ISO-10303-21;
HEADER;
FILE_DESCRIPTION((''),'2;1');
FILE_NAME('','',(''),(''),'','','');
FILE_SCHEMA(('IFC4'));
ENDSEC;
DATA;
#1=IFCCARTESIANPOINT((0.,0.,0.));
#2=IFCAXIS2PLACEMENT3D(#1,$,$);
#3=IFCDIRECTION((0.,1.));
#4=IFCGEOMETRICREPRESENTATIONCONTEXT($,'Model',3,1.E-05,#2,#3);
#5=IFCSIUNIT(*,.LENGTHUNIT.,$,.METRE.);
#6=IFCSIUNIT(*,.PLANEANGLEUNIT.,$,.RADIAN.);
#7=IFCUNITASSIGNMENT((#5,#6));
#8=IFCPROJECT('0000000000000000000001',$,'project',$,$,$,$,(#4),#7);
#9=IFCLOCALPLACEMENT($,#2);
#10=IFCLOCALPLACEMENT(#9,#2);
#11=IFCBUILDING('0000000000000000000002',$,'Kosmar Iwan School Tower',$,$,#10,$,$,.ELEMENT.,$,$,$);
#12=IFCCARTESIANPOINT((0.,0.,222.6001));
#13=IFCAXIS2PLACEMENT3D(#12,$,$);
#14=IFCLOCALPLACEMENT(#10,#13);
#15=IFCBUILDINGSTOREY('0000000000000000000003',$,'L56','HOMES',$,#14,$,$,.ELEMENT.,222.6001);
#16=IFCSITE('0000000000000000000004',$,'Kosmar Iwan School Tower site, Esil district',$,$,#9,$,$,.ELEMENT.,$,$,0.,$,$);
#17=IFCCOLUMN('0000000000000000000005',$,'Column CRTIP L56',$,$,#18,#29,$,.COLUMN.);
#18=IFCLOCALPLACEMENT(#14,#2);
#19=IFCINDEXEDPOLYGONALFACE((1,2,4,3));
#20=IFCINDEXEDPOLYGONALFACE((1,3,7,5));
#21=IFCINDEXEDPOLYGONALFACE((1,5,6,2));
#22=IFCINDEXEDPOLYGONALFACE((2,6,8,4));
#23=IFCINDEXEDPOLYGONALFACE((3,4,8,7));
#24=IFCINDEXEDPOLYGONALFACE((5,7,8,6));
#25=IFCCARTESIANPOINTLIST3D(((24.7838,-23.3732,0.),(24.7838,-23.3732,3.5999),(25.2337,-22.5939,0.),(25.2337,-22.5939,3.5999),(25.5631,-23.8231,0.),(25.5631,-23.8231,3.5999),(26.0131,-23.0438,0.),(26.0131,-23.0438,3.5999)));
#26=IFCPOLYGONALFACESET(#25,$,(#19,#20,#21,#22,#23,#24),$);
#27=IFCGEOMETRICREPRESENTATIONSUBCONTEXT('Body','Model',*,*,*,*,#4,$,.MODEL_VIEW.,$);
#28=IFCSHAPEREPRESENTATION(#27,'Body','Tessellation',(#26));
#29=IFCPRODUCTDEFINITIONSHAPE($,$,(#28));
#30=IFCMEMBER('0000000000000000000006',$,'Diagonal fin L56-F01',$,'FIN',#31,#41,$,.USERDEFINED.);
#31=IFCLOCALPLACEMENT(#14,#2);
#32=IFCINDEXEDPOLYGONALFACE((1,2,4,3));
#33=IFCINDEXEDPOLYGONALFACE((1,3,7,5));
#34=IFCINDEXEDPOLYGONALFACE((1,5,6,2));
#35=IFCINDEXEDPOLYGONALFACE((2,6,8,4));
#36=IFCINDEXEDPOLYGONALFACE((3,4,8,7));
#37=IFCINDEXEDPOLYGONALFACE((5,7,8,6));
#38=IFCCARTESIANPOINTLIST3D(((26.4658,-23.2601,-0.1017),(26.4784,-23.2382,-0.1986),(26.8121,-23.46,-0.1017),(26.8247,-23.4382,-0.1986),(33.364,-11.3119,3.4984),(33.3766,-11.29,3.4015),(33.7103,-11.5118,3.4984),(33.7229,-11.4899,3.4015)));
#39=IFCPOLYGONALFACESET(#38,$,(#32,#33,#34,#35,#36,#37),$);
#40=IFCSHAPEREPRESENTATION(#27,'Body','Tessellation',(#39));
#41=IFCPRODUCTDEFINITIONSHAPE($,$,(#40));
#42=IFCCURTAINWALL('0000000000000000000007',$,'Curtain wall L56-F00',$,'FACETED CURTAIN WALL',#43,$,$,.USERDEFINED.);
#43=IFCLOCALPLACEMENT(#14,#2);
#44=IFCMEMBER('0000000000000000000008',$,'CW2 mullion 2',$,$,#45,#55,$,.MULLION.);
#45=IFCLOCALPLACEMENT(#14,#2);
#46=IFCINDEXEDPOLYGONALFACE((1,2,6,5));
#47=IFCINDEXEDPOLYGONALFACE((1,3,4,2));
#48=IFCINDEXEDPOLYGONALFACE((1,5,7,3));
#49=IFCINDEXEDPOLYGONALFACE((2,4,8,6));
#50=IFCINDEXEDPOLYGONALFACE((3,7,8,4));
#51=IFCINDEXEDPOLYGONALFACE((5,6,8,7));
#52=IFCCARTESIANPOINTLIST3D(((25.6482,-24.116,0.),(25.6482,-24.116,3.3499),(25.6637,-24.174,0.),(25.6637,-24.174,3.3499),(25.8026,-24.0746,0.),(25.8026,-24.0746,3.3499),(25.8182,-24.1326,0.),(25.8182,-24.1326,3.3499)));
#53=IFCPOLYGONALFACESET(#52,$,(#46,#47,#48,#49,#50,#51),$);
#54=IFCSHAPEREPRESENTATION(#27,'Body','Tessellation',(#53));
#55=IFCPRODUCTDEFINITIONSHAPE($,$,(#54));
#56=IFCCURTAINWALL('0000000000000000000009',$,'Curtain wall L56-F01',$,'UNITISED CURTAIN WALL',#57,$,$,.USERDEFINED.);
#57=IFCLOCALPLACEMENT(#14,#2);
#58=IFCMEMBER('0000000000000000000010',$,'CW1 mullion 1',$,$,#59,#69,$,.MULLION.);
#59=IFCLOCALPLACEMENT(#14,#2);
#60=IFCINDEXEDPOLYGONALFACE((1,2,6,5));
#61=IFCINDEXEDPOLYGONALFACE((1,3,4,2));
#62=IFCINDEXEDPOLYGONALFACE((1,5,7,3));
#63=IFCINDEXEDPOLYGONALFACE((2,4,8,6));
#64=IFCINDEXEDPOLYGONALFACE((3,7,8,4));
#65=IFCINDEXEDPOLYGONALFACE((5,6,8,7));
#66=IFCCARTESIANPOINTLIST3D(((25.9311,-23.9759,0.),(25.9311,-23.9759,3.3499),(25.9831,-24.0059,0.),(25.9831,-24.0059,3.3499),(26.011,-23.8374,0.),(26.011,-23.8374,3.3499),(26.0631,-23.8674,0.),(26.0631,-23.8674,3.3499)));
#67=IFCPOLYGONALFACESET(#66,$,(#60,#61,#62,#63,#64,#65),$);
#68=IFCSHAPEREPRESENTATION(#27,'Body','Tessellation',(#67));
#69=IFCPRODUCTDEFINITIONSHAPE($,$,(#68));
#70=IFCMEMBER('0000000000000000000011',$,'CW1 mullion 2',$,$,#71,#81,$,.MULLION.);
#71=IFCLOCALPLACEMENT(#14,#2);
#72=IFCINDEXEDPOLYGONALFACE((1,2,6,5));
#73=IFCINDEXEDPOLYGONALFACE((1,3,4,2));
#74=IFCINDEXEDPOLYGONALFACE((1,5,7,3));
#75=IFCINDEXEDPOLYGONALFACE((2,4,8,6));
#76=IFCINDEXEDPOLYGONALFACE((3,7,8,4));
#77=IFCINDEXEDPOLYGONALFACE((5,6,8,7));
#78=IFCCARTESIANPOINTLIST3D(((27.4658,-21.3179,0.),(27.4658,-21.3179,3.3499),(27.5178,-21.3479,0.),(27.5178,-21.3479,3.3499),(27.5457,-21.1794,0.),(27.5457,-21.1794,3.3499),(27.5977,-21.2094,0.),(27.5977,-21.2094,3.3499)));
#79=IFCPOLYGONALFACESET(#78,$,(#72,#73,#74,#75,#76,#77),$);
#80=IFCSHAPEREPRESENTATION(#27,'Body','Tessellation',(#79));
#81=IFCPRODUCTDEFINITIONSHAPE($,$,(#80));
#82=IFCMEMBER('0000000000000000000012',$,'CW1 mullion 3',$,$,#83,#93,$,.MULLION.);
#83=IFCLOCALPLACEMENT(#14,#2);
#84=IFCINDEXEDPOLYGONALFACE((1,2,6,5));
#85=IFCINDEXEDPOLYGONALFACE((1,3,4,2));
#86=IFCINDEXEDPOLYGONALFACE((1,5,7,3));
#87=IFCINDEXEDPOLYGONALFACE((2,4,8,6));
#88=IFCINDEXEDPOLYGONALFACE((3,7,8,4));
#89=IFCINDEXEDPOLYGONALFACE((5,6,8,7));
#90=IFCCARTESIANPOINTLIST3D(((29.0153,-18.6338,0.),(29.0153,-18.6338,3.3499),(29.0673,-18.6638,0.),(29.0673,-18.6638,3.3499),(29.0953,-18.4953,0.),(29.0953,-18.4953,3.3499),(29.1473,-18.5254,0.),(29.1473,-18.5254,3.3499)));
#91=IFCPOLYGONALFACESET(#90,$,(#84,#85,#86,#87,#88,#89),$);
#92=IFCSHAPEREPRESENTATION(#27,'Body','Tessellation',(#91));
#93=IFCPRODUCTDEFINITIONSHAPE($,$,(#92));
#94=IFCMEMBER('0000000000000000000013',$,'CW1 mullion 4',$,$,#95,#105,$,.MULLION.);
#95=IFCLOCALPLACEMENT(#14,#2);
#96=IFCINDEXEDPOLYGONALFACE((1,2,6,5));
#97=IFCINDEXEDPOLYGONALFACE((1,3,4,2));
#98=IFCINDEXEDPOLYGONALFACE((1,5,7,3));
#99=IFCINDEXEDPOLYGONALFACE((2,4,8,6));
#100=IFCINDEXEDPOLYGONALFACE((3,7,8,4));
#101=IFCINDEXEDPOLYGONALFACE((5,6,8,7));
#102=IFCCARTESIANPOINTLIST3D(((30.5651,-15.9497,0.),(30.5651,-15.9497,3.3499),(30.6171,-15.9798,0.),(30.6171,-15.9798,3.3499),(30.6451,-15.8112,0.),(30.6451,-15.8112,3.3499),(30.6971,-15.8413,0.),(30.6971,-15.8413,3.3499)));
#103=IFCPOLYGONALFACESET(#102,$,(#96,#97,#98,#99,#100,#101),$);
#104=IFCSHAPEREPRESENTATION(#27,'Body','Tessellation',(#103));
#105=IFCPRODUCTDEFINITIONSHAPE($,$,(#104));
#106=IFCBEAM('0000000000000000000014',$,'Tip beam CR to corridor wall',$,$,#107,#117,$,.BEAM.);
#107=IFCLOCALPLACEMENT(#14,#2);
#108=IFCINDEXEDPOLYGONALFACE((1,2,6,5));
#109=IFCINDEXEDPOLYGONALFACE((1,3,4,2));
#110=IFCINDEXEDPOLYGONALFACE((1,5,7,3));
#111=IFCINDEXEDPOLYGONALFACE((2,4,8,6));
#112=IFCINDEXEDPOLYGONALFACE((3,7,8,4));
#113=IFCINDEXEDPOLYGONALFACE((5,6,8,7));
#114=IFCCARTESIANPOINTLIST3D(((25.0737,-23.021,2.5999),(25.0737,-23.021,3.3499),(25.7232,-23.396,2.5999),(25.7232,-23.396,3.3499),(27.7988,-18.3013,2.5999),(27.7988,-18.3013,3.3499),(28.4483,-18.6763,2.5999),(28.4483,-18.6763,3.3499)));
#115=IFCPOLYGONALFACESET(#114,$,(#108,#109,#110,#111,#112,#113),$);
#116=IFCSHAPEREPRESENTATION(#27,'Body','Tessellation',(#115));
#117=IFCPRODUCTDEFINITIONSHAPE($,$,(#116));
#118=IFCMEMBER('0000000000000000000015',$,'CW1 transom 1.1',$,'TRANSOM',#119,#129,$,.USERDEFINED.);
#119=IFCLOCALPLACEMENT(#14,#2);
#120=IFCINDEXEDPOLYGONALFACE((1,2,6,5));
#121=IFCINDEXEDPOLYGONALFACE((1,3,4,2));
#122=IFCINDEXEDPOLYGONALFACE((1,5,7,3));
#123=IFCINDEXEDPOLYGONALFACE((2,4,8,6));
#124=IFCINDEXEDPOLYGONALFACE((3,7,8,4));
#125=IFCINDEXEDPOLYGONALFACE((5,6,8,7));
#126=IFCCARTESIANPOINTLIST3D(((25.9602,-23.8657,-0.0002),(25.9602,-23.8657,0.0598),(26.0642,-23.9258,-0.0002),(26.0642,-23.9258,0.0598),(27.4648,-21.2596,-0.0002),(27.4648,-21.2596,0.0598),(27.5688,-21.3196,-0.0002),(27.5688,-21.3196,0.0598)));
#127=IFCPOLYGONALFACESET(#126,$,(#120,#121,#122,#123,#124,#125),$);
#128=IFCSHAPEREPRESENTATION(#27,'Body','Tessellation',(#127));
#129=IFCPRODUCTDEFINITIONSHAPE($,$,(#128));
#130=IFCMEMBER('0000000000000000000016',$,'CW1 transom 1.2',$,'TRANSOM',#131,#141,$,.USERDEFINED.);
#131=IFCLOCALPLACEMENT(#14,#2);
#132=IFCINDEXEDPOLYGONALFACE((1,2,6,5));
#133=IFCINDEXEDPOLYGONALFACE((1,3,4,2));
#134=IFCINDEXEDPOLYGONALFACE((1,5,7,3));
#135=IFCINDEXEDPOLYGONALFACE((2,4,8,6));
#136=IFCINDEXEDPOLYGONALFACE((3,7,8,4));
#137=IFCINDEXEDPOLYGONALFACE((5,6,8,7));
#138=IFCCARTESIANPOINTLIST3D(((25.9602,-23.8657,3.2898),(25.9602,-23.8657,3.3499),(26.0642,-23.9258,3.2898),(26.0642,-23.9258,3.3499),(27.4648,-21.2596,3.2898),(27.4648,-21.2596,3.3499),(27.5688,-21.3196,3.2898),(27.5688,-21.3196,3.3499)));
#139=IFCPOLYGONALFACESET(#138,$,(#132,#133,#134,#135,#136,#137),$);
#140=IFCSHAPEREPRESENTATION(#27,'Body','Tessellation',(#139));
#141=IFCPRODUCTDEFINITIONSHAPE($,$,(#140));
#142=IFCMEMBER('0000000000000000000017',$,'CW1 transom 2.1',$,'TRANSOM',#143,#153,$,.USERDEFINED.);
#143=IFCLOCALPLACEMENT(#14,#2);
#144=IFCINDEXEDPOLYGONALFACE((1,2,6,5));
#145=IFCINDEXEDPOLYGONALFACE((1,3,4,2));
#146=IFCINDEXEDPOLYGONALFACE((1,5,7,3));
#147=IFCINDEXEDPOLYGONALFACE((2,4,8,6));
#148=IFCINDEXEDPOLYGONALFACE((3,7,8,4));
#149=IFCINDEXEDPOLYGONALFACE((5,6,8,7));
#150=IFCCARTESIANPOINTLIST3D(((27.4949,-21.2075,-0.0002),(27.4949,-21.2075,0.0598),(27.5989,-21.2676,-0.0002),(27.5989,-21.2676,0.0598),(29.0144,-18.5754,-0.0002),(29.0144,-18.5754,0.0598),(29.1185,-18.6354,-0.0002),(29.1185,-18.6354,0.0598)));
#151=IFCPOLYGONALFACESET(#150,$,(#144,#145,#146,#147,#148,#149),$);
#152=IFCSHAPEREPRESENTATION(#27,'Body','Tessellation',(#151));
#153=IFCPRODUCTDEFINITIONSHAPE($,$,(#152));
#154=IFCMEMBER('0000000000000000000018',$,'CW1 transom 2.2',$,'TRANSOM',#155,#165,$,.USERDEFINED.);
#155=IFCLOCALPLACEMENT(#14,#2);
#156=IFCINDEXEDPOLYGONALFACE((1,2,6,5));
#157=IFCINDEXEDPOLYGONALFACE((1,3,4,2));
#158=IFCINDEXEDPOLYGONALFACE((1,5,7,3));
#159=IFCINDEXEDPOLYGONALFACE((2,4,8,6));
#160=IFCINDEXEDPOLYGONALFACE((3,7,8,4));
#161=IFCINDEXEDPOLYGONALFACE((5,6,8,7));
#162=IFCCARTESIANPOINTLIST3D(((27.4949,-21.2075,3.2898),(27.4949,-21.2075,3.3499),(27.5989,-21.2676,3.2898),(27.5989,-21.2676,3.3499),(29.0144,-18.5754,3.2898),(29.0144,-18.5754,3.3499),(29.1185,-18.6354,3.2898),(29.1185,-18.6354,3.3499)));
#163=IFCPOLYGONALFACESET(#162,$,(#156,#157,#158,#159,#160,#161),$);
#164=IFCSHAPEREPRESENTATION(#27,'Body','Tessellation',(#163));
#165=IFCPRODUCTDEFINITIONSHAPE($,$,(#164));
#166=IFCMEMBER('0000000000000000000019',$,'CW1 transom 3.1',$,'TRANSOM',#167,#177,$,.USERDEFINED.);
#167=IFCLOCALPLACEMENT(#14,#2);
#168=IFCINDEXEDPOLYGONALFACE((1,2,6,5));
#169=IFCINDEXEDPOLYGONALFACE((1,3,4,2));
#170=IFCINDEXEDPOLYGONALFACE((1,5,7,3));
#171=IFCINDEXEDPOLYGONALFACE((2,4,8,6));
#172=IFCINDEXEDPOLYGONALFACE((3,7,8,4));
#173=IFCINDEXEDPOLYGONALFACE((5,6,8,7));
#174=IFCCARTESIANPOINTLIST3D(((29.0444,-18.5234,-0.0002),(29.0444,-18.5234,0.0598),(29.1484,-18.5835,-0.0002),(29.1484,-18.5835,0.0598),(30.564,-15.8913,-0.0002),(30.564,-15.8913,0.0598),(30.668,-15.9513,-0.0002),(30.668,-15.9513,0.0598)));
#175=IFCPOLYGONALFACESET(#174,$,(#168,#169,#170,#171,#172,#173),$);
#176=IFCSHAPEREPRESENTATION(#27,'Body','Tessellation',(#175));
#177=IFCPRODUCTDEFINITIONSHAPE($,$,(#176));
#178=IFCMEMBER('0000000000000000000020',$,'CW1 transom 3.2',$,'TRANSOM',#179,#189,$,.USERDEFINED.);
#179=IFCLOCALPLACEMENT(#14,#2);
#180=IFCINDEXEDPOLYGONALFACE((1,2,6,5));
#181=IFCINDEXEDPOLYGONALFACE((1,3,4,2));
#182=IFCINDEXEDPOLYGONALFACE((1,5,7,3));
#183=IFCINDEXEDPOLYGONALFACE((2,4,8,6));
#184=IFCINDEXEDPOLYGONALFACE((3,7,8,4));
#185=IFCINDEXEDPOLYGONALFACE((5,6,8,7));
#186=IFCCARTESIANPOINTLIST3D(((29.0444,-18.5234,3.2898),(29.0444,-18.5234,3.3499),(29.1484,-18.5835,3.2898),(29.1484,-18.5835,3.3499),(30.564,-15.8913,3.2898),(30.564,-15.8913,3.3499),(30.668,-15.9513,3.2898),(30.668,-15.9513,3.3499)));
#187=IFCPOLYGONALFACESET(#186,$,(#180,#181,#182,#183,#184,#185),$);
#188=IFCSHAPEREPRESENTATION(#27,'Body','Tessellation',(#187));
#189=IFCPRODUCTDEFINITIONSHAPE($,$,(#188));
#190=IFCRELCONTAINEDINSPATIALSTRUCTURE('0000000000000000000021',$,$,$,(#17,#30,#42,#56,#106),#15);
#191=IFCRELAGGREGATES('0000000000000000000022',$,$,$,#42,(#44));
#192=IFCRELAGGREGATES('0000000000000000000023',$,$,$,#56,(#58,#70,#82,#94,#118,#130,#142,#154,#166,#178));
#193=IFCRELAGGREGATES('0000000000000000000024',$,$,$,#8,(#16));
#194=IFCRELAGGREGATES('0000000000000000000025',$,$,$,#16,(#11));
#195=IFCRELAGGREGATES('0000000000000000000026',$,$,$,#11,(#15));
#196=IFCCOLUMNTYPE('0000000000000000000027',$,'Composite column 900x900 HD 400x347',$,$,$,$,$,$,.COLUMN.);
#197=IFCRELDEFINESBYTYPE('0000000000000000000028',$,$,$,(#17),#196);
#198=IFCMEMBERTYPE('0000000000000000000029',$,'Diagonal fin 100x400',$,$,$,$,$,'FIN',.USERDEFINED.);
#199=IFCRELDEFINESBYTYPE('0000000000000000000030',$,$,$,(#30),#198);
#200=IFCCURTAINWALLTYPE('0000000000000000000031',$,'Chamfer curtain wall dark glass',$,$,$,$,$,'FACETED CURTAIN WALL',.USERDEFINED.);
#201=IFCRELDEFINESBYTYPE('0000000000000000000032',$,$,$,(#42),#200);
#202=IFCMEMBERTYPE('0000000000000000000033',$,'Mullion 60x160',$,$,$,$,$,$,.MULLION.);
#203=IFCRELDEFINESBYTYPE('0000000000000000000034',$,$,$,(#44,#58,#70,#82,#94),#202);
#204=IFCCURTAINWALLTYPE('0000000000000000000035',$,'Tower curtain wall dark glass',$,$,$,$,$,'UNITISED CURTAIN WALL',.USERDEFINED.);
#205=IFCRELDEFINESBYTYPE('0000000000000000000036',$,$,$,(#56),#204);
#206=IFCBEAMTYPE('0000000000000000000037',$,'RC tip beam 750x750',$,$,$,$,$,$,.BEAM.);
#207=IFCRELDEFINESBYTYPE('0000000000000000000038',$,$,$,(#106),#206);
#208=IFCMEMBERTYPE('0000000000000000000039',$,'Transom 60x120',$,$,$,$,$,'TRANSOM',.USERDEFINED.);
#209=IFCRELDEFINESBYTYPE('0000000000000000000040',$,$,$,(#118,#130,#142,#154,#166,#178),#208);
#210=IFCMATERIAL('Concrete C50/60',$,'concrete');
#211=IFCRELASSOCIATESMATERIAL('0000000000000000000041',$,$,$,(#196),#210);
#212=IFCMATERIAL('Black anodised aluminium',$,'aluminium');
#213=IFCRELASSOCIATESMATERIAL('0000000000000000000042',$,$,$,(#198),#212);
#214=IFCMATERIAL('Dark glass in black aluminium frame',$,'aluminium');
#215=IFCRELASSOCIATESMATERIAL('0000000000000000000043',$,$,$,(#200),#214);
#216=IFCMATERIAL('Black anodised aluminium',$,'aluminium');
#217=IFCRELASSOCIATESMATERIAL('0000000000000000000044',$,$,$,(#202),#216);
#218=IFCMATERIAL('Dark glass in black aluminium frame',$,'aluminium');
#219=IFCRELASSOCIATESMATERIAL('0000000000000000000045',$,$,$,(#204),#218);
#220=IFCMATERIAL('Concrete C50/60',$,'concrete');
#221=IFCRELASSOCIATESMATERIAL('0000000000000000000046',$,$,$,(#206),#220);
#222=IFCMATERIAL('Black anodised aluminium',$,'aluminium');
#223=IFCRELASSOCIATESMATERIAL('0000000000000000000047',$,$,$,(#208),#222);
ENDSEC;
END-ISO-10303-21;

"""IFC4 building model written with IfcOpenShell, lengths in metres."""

from ifc_helpers import new_model, si_unit, direction, frame, origin, origin_2d, place, context, subcontext, project, spatial, rectangle, extrude, material, material_profile, profile_set, type_object, element, aggregate, save


model = new_model("IFC4")

# Units and contexts
model_context = context("Model", 3, precision=1e-05, world=origin(), true_north=direction((0.0, 1.0)))
body_context = subcontext(model_context, "Body", "Model", "MODEL_VIEW")
ifc_project = project(units=[si_unit("LENGTHUNIT", "METRE"), si_unit("PLANEANGLEUNIT", "RADIAN")], contexts=[model_context])

# Site, building, storey
site_placement = place(None, origin())
site = spatial("IfcSite", under=ifc_project, at=site_placement, Name="Kosmar Iwan School Tower site, Esil district", CompositionType="ELEMENT", RefElevation=0.0)
building_placement = place(site_placement, origin())
building = spatial("IfcBuilding", under=site, at=building_placement, Name="Kosmar Iwan School Tower", CompositionType="ELEMENT")
storey_placement = place(building_placement, frame((0.0, 0.0, 222.6001)))
storey = spatial("IfcBuildingStorey", under=building, at=storey_placement, Name="L56", Description="HOMES", CompositionType="ELEMENT", Elevation=222.6001)

# Column
ifc_material_1 = material(Name="Concrete C50/60", Category="concrete")
ifc_material_profile_1 = material_profile(ifc_material_1, rectangle(XDim=0.8999, YDim=0.8999, at=origin_2d()), Name="RC 900x900 + HD 400x347")
ifc_profile_set_1 = profile_set([ifc_material_profile_1], Name="Concrete C50/60")
column_type = type_object("IfcColumnType", Name="Composite column 900x900 HD 400x347", PredefinedType="COLUMN", material=ifc_profile_set_1)
column_placement = place(storey_placement, frame((25.3984, -23.2085, 0.0), z_axis=(0.0, 0.0, 1.0), x_axis=(0.866025, -0.5, 0.0)))
element("IfcColumn", 1, at=column_placement, inside=storey, type_object=column_type, Name="Column CRTIP L56", PredefinedType="COLUMN", context=body_context, shape_type="SweptSolid", body=[
    extrude(rectangle(XDim=0.8999, YDim=0.8999, at=origin_2d()), origin(), (0.0, 0.0, 1.0), 3.5999),
])

# Member
ifc_material_2 = material(Name="Black anodised aluminium", Category="aluminium")
ifc_material_profile_2 = material_profile(ifc_material_2, rectangle(XDim=0.1001, YDim=0.3999, at=origin_2d()), Name="FIN 100x400")
ifc_profile_set_2 = profile_set([ifc_material_profile_2], Name="Black anodised aluminium")
member_type_1 = type_object("IfcMemberType", Name="Diagonal fin 100x400", ElementType="FIN", PredefinedType="USERDEFINED", material=ifc_profile_set_2)
member_1_placement = place(storey_placement, frame((26.6453, -23.3491, -0.1501), z_axis=(0.483793, 0.83797, 0.252487), x_axis=(-0.126242, -0.218661, 0.9676)))
element("IfcMember", 2, at=member_1_placement, inside=storey, type_object=member_type_1, Name="Diagonal fin L56-F01", ObjectType="FIN", PredefinedType="USERDEFINED", context=body_context, shape_type="SweptSolid", body=[
    extrude(rectangle(XDim=0.1001, YDim=0.3999, at=origin_2d()), origin(), (0.0, 0.0, 1.0), 14.2585),
])

# Curtain wall, member
ifc_material_3 = material(Name="Dark glass in black aluminium frame", Category="aluminium")
curtain_wall_type_1 = type_object("IfcCurtainWallType", Name="Chamfer curtain wall dark glass", ElementType="FACETED CURTAIN WALL", PredefinedType="USERDEFINED", material=ifc_material_3)
curtain_wall_1_placement = place(storey_placement, origin())
curtain_wall_1 = element("IfcCurtainWall", 3, at=curtain_wall_1_placement, inside=storey, type_object=curtain_wall_type_1, Name="Curtain wall L56-F00", ObjectType="FACETED CURTAIN WALL", PredefinedType="USERDEFINED")
ifc_material_4 = material(Name="Black anodised aluminium", Category="aluminium")
ifc_material_profile_3 = material_profile(ifc_material_4, rectangle(XDim=0.0601, YDim=0.1599, at=origin_2d()), Name="MULLION 60x160")
ifc_profile_set_3 = profile_set([ifc_material_profile_3], Name="Black anodised aluminium")
member_type_2 = type_object("IfcMemberType", Name="Mullion 60x160", PredefinedType="MULLION", material=ifc_profile_set_3)
member_2_placement = place(storey_placement, frame((25.7332, -24.1243, 0.0), z_axis=(0.0, 0.0, 1.0), x_axis=(-0.258819, 0.965926, 0.0)))
member_2 = element("IfcMember", 4, at=member_2_placement, type_object=member_type_2, Name="CW2 mullion 2", PredefinedType="MULLION", context=body_context, shape_type="SweptSolid", body=[
    extrude(rectangle(XDim=0.0601, YDim=0.1599, at=origin_2d()), origin(), (0.0, 0.0, 1.0), 3.3499),
])
aggregate(curtain_wall_1, [member_2])

# Curtain wall, members
ifc_material_5 = material(Name="Dark glass in black aluminium frame", Category="aluminium")
curtain_wall_type_2 = type_object("IfcCurtainWallType", Name="Tower curtain wall dark glass", ElementType="UNITISED CURTAIN WALL", PredefinedType="USERDEFINED", material=ifc_material_5)
curtain_wall_2_placement = place(storey_placement, origin())
curtain_wall_2 = element("IfcCurtainWall", 5, at=curtain_wall_2_placement, inside=storey, type_object=curtain_wall_type_2, Name="Curtain wall L56-F01", ObjectType="UNITISED CURTAIN WALL", PredefinedType="USERDEFINED")
member_3_placement = place(storey_placement, frame((25.9971, -23.9216, 0.0), z_axis=(0.0, 0.0, 1.0), x_axis=(-0.866025, 0.5, 0.0)))
member_3 = element("IfcMember", 6, at=member_3_placement, type_object=member_type_2, Name="CW1 mullion 1", PredefinedType="MULLION", context=body_context, shape_type="SweptSolid", body=[
    extrude(rectangle(XDim=0.0601, YDim=0.1599, at=origin_2d()), origin(), (0.0, 0.0, 1.0), 3.3499),
])
member_4_placement = place(storey_placement, frame((27.5317, -21.2637, 0.0), z_axis=(0.0, 0.0, 1.0), x_axis=(-0.866025, 0.5, 0.0)))
member_4 = element("IfcMember", 7, at=member_4_placement, type_object=member_type_2, Name="CW1 mullion 2", PredefinedType="MULLION", context=body_context, shape_type="SweptSolid", body=[
    extrude(rectangle(XDim=0.0601, YDim=0.1599, at=origin_2d()), origin(), (0.0, 0.0, 1.0), 3.3499),
])
member_5_placement = place(storey_placement, frame((29.0813, -18.5796, 0.0), z_axis=(0.0, 0.0, 1.0), x_axis=(-0.866025, 0.5, 0.0)))
member_5 = element("IfcMember", 8, at=member_5_placement, type_object=member_type_2, Name="CW1 mullion 3", PredefinedType="MULLION", context=body_context, shape_type="SweptSolid", body=[
    extrude(rectangle(XDim=0.0601, YDim=0.1599, at=origin_2d()), origin(), (0.0, 0.0, 1.0), 3.3499),
])
member_6_placement = place(storey_placement, frame((30.6311, -15.8955, 0.0), z_axis=(0.0, 0.0, 1.0), x_axis=(-0.866025, 0.5, 0.0)))
member_6 = element("IfcMember", 9, at=member_6_placement, type_object=member_type_2, Name="CW1 mullion 4", PredefinedType="MULLION", context=body_context, shape_type="SweptSolid", body=[
    extrude(rectangle(XDim=0.0601, YDim=0.1599, at=origin_2d()), origin(), (0.0, 0.0, 1.0), 3.3499),
])

# Beam
ifc_material_6 = material(Name="Concrete C50/60", Category="concrete")
ifc_material_profile_4 = material_profile(ifc_material_6, rectangle(XDim=0.75, YDim=0.75, at=origin_2d()), Name="RC 750x750")
ifc_profile_set_4 = profile_set([ifc_material_profile_4], Name="Concrete C50/60")
beam_type = type_object("IfcBeamType", Name="RC tip beam 750x750", PredefinedType="BEAM", material=ifc_profile_set_4)
beam_placement = place(storey_placement, frame((25.3984, -23.2085, 2.9749), z_axis=(0.500022, 0.866013, 0.0), x_axis=(-0.866013, 0.500022, 0.0)))
element("IfcBeam", 10, at=beam_placement, inside=storey, type_object=beam_type, Name="Tip beam CR to corridor wall", PredefinedType="BEAM", context=body_context, shape_type="SweptSolid", body=[
    extrude(rectangle(XDim=0.75, YDim=0.75, at=origin_2d()), origin(), (0.0, 0.0, 1.0), 5.45),
])

# Members
ifc_material_7 = material(Name="Black anodised aluminium", Category="aluminium")
ifc_material_profile_5 = material_profile(ifc_material_7, rectangle(XDim=0.1201, YDim=0.0601, at=origin_2d()), Name="TRANSOM 60x120")
ifc_profile_set_5 = profile_set([ifc_material_profile_5], Name="Black anodised aluminium")
member_type_3 = type_object("IfcMemberType", Name="Transom 60x120", ElementType="TRANSOM", PredefinedType="USERDEFINED", material=ifc_profile_set_5)
member_7_placement = place(storey_placement, frame((26.0122, -23.8958, 0.0298), z_axis=(0.499987, 0.866033, 0.0), x_axis=(-0.866033, 0.499987, 0.0)))
member_7 = element("IfcMember", 11, at=member_7_placement, type_object=member_type_3, Name="CW1 transom 1.1", ObjectType="TRANSOM", PredefinedType="USERDEFINED", context=body_context, shape_type="SweptSolid", body=[
    extrude(rectangle(XDim=0.1201, YDim=0.0601, at=origin_2d()), origin(), (0.0, 0.0, 1.0), 3.0093),
])
member_8_placement = place(storey_placement, frame((26.0122, -23.8958, 3.3198), z_axis=(0.499987, 0.866033, 0.0), x_axis=(-0.866033, 0.499987, 0.0)))
member_8 = element("IfcMember", 12, at=member_8_placement, type_object=member_type_3, Name="CW1 transom 1.2", ObjectType="TRANSOM", PredefinedType="USERDEFINED", context=body_context, shape_type="SweptSolid", body=[
    extrude(rectangle(XDim=0.1201, YDim=0.0601, at=origin_2d()), origin(), (0.0, 0.0, 1.0), 3.0093),
])
member_9_placement = place(storey_placement, frame((27.5469, -21.2375, 0.0298), z_axis=(0.499975, 0.86604, 0.0), x_axis=(-0.86604, 0.499975, 0.0)))
member_9 = element("IfcMember", 13, at=member_9_placement, type_object=member_type_3, Name="CW1 transom 2.1", ObjectType="TRANSOM", PredefinedType="USERDEFINED", context=body_context, shape_type="SweptSolid", body=[
    extrude(rectangle(XDim=0.1201, YDim=0.0601, at=origin_2d()), origin(), (0.0, 0.0, 1.0), 3.0393),
])
member_10_placement = place(storey_placement, frame((27.5469, -21.2375, 3.3198), z_axis=(0.499975, 0.86604, 0.0), x_axis=(-0.86604, 0.499975, 0.0)))
member_10 = element("IfcMember", 14, at=member_10_placement, type_object=member_type_3, Name="CW1 transom 2.2", ObjectType="TRANSOM", PredefinedType="USERDEFINED", context=body_context, shape_type="SweptSolid", body=[
    extrude(rectangle(XDim=0.1201, YDim=0.0601, at=origin_2d()), origin(), (0.0, 0.0, 1.0), 3.0393),
])
member_11_placement = place(storey_placement, frame((29.0964, -18.5535, 0.0298), z_axis=(0.499975, 0.86604, 0.0), x_axis=(-0.86604, 0.499975, 0.0)))
member_11 = element("IfcMember", 15, at=member_11_placement, type_object=member_type_3, Name="CW1 transom 3.1", ObjectType="TRANSOM", PredefinedType="USERDEFINED", context=body_context, shape_type="SweptSolid", body=[
    extrude(rectangle(XDim=0.1201, YDim=0.0601, at=origin_2d()), origin(), (0.0, 0.0, 1.0), 3.0393),
])
member_12_placement = place(storey_placement, frame((29.0964, -18.5535, 3.3198), z_axis=(0.499975, 0.86604, 0.0), x_axis=(-0.86604, 0.499975, 0.0)))
member_12 = element("IfcMember", 16, at=member_12_placement, type_object=member_type_3, Name="CW1 transom 3.2", ObjectType="TRANSOM", PredefinedType="USERDEFINED", context=body_context, shape_type="SweptSolid", body=[
    extrude(rectangle(XDim=0.1201, YDim=0.0601, at=origin_2d()), origin(), (0.0, 0.0, 1.0), 3.0393),
])

aggregate(curtain_wall_2, [member_3, member_4, member_5, member_6, member_7, member_8, member_9, member_10, member_11, member_12])

save(model, "model.ifc")
